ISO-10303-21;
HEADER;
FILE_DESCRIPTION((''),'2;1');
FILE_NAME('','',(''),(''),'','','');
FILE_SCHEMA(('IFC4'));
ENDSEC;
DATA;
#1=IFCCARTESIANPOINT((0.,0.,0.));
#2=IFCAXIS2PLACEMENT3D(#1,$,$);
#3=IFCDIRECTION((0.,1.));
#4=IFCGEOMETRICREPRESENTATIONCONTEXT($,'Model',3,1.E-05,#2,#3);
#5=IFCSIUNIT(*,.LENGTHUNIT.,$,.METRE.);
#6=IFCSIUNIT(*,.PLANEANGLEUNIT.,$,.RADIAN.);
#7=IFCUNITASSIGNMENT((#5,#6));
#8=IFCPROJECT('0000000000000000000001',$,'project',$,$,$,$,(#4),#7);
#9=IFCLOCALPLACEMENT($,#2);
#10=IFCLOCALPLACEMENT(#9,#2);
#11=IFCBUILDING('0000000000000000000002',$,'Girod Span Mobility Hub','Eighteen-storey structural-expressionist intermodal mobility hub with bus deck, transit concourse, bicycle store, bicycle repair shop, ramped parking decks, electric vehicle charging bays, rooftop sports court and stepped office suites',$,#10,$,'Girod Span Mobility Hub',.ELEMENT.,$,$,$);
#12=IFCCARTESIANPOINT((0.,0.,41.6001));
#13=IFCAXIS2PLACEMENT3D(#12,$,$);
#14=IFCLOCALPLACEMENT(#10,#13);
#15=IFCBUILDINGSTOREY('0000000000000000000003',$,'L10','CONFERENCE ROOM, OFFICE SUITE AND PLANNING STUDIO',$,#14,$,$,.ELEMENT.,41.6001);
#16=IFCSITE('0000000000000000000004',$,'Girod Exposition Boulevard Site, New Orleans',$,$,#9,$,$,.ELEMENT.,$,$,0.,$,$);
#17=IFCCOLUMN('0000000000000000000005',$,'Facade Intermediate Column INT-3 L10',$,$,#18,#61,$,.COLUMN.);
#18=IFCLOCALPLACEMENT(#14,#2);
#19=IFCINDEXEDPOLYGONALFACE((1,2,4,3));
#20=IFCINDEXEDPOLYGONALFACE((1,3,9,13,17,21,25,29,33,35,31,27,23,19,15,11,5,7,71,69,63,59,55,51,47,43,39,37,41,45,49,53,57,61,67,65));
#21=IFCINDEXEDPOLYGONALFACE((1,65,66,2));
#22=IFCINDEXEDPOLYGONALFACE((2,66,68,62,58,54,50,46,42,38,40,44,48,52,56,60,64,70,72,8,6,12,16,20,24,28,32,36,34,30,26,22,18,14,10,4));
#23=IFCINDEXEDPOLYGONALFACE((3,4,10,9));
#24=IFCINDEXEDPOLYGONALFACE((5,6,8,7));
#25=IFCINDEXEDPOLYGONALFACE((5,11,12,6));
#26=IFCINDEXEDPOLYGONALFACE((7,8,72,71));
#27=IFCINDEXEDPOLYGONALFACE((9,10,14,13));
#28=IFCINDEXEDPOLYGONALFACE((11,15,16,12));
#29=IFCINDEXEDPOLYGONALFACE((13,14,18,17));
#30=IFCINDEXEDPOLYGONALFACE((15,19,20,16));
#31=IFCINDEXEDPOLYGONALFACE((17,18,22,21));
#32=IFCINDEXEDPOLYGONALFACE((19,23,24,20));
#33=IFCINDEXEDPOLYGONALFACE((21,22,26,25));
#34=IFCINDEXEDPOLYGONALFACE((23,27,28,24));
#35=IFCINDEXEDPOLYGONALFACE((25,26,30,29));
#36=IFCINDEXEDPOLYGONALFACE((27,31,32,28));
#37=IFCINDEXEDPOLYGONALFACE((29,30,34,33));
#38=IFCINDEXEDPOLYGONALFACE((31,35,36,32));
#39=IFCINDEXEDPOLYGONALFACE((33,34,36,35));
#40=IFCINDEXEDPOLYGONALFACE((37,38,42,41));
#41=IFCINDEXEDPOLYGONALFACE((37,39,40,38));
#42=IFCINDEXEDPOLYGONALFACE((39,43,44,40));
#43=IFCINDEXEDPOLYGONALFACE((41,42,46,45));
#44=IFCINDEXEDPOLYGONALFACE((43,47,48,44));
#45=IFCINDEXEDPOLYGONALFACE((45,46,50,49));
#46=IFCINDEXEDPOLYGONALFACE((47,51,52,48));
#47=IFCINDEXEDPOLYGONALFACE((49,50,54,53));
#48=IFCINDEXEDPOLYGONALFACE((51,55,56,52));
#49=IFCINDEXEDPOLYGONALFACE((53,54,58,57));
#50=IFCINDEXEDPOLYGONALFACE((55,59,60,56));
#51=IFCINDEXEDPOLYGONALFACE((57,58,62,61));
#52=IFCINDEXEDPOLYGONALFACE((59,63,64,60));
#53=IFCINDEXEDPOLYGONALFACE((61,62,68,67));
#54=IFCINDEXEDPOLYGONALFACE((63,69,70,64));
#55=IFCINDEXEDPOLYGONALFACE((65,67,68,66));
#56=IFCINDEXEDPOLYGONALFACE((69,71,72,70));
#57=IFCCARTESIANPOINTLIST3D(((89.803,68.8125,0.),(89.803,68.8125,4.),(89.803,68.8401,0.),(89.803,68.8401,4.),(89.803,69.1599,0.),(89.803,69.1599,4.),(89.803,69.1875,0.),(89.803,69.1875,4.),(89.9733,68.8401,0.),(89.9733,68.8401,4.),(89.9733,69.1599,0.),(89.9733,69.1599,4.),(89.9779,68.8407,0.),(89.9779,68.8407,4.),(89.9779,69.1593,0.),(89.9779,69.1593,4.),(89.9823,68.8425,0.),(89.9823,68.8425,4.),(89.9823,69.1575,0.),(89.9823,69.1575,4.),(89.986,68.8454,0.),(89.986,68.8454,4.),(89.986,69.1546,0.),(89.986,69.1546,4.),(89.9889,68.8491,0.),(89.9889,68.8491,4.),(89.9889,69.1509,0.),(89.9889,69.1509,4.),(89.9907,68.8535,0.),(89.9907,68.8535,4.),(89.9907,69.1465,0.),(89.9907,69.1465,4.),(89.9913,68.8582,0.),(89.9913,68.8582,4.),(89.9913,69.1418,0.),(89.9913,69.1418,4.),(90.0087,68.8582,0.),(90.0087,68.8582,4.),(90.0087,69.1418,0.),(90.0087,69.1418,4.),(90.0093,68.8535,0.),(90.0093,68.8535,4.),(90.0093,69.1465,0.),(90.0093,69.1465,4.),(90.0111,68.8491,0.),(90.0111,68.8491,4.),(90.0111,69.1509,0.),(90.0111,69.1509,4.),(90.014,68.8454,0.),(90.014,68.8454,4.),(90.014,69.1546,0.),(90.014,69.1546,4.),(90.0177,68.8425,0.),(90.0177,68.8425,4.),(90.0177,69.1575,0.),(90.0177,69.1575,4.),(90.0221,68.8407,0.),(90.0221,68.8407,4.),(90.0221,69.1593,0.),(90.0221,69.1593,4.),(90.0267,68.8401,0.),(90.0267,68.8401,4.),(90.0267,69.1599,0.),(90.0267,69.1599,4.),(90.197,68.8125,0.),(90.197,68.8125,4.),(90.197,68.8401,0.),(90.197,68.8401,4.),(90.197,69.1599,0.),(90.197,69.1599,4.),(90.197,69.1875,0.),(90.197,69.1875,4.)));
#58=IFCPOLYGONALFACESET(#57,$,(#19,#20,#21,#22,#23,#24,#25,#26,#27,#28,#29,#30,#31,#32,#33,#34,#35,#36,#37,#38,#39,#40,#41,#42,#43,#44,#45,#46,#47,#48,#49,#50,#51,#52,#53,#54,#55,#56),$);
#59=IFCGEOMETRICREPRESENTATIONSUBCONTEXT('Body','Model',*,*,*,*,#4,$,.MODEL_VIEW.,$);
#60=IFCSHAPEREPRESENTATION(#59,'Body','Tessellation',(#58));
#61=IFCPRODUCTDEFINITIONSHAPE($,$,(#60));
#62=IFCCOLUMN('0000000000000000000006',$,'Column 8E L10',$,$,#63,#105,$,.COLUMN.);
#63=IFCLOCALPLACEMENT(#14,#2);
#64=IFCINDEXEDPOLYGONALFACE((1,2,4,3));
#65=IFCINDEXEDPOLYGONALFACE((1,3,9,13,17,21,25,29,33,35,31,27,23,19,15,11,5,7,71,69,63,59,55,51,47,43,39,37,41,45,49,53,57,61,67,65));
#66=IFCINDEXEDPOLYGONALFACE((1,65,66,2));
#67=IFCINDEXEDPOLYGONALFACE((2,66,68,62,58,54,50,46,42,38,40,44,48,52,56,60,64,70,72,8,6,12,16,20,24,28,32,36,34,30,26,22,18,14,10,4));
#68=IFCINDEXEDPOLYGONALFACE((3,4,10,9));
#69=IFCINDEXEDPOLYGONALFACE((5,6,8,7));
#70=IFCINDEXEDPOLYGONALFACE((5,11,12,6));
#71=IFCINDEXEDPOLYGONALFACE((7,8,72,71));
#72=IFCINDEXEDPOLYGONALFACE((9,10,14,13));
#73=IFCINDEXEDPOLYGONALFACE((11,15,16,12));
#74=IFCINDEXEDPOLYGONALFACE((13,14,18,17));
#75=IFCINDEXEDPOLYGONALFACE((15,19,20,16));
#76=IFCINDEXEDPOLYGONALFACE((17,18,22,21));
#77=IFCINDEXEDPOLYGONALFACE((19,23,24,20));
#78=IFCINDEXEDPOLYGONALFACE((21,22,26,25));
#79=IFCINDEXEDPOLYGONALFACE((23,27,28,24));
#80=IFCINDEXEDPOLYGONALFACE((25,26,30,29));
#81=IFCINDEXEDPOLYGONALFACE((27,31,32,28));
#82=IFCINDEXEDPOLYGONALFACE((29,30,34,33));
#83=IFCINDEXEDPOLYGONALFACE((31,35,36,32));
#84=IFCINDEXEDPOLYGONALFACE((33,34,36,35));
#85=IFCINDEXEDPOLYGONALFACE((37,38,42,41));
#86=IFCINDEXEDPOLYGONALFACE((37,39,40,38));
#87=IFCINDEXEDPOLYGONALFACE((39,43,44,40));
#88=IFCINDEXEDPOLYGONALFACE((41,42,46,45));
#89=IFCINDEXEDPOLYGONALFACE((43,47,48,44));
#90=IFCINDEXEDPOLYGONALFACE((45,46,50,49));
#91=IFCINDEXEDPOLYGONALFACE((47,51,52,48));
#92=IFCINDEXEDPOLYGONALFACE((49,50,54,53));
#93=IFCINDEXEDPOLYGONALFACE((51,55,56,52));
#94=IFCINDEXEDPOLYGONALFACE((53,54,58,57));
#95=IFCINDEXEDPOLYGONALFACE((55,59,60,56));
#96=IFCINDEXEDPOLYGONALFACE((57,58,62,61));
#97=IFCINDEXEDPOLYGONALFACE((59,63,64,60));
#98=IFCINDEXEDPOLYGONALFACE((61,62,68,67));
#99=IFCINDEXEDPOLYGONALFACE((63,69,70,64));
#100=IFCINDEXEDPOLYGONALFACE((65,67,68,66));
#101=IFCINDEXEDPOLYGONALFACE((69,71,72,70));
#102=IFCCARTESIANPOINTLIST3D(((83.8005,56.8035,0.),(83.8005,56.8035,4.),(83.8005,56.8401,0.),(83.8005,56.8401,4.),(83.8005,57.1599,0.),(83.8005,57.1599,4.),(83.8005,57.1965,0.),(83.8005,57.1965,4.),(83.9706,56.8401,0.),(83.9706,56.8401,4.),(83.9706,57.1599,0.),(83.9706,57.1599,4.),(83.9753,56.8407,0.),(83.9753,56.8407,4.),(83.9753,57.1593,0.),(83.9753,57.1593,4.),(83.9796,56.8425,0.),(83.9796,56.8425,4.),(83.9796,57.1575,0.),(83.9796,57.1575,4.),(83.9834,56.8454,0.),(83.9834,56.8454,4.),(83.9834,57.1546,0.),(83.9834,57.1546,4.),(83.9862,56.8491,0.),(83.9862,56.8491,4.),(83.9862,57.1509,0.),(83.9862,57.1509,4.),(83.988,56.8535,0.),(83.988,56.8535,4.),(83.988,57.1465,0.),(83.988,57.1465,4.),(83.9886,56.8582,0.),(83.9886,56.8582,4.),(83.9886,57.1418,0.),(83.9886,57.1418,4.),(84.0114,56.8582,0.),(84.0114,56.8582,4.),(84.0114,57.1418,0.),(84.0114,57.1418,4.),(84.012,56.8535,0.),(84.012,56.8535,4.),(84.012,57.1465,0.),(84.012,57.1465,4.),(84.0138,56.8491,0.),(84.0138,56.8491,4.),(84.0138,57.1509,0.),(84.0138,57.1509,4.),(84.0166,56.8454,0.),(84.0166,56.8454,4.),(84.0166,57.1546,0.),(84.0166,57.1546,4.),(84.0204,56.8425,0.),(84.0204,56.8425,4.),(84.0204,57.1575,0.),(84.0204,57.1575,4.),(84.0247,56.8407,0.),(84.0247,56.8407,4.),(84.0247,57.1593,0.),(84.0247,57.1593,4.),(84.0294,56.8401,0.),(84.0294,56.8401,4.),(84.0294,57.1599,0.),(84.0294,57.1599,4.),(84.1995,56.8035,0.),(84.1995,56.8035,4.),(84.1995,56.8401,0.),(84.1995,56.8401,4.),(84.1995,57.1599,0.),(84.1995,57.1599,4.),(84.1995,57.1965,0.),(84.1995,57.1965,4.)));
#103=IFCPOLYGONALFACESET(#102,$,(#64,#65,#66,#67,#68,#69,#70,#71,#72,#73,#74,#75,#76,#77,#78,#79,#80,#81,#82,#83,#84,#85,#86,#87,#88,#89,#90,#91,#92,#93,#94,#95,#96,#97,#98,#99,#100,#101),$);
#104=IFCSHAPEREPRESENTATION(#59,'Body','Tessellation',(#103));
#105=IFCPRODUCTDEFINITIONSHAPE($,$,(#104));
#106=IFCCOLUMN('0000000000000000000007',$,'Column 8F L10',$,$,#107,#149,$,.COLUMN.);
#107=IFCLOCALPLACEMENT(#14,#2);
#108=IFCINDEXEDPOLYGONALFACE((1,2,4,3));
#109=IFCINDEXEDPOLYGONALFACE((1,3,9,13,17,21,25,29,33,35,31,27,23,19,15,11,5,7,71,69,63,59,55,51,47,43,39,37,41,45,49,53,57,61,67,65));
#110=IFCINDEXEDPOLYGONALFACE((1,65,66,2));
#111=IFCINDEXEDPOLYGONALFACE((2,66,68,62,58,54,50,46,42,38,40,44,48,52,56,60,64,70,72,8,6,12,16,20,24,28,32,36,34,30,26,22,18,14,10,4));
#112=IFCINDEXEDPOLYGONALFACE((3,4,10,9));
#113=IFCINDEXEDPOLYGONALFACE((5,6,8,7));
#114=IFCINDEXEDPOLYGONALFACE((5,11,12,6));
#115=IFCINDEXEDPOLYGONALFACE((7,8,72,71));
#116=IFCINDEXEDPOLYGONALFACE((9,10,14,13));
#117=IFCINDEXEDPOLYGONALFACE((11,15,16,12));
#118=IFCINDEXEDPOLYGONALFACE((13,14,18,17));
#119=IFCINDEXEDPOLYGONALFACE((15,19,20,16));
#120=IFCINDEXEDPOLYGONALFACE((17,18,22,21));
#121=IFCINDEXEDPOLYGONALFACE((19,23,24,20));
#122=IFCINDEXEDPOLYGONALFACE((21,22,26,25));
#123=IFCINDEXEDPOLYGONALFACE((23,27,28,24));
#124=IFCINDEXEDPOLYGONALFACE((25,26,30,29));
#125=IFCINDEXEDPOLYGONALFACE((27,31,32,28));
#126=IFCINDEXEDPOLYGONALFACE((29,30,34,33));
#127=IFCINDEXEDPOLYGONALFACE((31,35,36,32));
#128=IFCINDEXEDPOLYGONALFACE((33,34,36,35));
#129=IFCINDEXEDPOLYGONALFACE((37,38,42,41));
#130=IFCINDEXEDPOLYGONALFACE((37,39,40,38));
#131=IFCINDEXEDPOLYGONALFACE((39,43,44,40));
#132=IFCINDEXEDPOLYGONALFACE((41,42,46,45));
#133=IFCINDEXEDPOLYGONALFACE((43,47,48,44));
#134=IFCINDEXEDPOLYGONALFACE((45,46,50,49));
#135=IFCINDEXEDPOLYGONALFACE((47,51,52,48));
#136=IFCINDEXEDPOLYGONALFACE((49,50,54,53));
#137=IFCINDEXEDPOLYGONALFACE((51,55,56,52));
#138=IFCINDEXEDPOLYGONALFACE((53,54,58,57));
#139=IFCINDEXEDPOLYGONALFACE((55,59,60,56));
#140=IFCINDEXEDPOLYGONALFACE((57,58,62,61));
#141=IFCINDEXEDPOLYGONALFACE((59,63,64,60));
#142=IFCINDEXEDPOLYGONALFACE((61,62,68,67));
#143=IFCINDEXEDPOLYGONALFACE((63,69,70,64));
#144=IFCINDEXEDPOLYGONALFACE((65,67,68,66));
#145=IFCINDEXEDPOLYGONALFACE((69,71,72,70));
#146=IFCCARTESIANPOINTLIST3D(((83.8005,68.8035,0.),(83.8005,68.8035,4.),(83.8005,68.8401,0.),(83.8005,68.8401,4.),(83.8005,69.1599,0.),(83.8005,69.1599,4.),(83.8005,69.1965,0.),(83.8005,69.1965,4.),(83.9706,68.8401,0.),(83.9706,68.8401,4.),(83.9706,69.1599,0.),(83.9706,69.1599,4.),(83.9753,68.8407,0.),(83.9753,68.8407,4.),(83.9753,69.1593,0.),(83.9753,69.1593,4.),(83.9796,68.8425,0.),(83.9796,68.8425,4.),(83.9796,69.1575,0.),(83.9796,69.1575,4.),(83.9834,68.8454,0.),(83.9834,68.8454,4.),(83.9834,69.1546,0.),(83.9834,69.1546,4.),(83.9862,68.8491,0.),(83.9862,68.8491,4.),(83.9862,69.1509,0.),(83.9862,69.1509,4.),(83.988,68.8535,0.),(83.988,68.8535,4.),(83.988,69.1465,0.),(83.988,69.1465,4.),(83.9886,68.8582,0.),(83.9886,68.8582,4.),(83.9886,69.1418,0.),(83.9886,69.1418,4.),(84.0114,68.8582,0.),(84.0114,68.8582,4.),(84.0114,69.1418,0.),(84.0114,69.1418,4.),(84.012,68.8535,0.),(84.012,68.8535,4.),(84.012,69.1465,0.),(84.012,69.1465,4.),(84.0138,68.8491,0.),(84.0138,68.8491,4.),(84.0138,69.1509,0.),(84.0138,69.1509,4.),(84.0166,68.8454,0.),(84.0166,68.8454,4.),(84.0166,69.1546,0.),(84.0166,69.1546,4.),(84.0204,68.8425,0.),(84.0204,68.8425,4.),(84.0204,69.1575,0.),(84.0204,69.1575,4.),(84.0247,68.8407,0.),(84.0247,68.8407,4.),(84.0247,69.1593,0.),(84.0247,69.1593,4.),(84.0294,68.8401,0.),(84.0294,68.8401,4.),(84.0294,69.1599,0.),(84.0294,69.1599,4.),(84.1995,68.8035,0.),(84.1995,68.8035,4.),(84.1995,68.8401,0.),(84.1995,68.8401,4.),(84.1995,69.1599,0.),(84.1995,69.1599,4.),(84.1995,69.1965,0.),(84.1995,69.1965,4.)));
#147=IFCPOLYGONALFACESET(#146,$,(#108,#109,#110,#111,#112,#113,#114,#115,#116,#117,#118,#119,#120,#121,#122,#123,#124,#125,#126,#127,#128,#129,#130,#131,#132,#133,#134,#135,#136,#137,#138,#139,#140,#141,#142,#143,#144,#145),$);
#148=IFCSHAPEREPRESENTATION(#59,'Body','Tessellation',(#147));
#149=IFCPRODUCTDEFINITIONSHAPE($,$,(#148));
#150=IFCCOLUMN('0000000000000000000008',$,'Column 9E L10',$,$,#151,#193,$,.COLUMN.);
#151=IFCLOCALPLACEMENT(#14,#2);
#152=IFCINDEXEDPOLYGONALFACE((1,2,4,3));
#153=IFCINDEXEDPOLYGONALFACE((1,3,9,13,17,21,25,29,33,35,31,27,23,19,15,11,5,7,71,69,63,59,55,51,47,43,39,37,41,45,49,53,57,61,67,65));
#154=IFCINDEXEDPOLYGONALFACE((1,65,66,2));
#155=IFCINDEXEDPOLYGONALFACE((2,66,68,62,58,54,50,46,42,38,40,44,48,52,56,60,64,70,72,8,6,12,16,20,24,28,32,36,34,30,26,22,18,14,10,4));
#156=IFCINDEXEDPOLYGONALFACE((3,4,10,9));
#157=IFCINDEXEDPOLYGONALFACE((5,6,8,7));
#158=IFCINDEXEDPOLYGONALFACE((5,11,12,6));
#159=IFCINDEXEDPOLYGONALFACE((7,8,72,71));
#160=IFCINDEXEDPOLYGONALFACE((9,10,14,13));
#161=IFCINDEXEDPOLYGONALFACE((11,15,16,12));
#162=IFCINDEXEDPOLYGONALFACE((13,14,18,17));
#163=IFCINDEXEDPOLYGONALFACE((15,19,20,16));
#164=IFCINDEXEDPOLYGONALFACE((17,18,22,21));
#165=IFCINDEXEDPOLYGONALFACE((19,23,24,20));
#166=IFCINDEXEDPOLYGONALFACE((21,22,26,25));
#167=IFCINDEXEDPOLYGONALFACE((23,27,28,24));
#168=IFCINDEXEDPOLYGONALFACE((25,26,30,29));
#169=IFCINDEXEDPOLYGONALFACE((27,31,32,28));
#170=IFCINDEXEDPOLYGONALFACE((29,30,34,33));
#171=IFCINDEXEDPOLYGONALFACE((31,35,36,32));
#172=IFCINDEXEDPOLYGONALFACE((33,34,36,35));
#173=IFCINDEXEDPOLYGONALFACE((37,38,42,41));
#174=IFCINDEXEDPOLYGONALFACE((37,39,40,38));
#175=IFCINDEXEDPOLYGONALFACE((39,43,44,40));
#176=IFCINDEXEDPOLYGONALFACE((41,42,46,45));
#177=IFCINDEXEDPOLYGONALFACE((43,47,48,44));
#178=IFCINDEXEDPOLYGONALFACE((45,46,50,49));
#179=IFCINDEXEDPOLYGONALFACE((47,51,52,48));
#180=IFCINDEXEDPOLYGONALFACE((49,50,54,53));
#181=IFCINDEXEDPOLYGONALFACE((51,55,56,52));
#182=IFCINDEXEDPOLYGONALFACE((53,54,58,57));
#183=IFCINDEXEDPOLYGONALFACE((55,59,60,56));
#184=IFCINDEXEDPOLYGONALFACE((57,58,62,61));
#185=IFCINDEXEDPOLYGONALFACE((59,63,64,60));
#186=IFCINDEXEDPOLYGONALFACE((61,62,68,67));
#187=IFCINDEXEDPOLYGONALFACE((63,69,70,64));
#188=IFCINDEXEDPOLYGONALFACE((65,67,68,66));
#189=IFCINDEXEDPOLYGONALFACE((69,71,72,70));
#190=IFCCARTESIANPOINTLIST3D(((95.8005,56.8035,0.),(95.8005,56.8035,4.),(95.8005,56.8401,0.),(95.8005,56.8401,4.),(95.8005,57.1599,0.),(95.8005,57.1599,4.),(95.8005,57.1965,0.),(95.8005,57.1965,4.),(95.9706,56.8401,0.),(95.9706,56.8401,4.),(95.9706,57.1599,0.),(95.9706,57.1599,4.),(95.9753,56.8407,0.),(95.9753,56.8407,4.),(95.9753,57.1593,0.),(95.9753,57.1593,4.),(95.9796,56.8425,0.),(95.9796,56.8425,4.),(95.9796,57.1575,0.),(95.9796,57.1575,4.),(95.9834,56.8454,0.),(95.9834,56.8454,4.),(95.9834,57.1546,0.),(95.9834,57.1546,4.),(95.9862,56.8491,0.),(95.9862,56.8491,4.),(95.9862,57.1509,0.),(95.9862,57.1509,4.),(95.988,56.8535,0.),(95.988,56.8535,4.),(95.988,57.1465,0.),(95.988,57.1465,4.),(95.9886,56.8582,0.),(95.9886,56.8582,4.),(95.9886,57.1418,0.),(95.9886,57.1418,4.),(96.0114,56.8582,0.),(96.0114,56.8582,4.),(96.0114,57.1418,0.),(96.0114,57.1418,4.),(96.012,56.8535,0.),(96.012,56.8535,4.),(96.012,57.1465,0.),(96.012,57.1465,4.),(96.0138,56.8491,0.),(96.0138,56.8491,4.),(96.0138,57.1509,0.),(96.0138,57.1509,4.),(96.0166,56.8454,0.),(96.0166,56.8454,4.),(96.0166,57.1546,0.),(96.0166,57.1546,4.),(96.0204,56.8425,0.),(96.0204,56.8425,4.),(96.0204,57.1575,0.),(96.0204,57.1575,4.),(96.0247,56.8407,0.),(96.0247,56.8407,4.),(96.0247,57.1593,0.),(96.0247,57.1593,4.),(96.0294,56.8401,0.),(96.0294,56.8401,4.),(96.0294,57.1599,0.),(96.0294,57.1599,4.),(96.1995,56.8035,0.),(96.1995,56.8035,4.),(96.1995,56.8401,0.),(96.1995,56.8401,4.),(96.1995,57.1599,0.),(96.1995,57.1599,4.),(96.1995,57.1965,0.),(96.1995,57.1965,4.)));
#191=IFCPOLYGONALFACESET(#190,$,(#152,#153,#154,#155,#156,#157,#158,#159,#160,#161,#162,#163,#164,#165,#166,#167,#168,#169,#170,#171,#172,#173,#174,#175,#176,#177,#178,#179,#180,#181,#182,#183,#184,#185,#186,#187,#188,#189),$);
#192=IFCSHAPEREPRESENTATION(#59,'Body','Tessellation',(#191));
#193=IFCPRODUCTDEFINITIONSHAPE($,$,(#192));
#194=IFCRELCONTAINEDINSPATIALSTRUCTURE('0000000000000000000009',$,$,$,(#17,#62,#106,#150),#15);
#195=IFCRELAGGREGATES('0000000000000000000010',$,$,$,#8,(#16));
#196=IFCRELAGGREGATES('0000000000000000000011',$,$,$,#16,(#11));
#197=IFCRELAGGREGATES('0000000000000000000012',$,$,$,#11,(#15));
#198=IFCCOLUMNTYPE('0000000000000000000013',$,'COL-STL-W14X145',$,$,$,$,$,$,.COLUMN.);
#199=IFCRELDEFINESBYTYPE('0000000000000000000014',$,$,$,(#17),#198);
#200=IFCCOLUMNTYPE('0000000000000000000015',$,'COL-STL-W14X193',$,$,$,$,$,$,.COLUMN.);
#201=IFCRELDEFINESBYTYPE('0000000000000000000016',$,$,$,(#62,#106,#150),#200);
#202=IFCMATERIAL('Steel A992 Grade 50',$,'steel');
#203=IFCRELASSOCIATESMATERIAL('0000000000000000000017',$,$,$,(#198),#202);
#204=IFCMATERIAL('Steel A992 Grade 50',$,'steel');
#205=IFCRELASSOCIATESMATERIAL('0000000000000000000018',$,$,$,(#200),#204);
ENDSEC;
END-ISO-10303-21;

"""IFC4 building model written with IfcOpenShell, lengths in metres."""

from ifc_helpers import new_model, si_unit, direction, frame, origin, origin_2d, place, context, subcontext, project, spatial, i_section, extrude, material, material_profile, profile_set, type_object, element, save


model = new_model("IFC4")

# Units and contexts
model_context = context("Model", 3, precision=1e-05, world=origin(), true_north=direction((0.0, 1.0)))
body_context = subcontext(model_context, "Body", "Model", "MODEL_VIEW")
ifc_project = project(units=[si_unit("LENGTHUNIT", "METRE"), si_unit("PLANEANGLEUNIT", "RADIAN")], contexts=[model_context])

# Site, building, storey
site_placement = place(None, origin())
site = spatial("IfcSite", under=ifc_project, at=site_placement, Name="Girod Exposition Boulevard Site, New Orleans", CompositionType="ELEMENT", RefElevation=0.0)
building_placement = place(site_placement, origin())
building = spatial("IfcBuilding", under=site, at=building_placement, Name="Girod Span Mobility Hub", Description="Eighteen-storey structural-expressionist intermodal mobility hub with bus deck, transit concourse, bicycle store, bicycle repair shop, ramped parking decks, electric vehicle charging bays, rooftop sports court and stepped office suites", LongName="Girod Span Mobility Hub", CompositionType="ELEMENT")
storey_placement = place(building_placement, frame((0.0, 0.0, 41.6001)))
storey = spatial("IfcBuildingStorey", under=building, at=storey_placement, Name="L10", Description="CONFERENCE ROOM, OFFICE SUITE AND PLANNING STUDIO", CompositionType="ELEMENT", Elevation=41.6001)

# Columns
ifc_material_1 = material(Name="Steel A992 Grade 50", Category="steel")
ifc_material_profile_1 = material_profile(ifc_material_1, i_section(OverallWidth=0.394, OverallDepth=0.375, WebThickness=0.0173, FlangeThickness=0.0276, FilletRadius=0.0181, at=origin_2d()), Name="W14X145")
ifc_profile_set_1 = profile_set([ifc_material_profile_1], Name="Steel A992 Grade 50")
column_type_1 = type_object("IfcColumnType", Name="COL-STL-W14X145", PredefinedType="COLUMN", material=ifc_profile_set_1)
column_placement = place(storey_placement, frame((90.0, 69.0, 0.0), z_axis=(0.0, 0.0, 1.0), x_axis=(1.0, 0.0, 0.0)))
element("IfcColumn", 1, at=column_placement, inside=storey, type_object=column_type_1, Name="Facade Intermediate Column INT-3 L10", PredefinedType="COLUMN", context=body_context, shape_type="SweptSolid", body=[
    extrude(i_section(OverallWidth=0.394, OverallDepth=0.375, WebThickness=0.0173, FlangeThickness=0.0276, FilletRadius=0.0181, at=origin_2d()), origin(), (0.0, 0.0, 1.0), 4.0),
])
ifc_material_2 = material(Name="Steel A992 Grade 50", Category="steel")
ifc_material_profile_2 = material_profile(ifc_material_2, i_section(OverallWidth=0.3989, OverallDepth=0.3931, WebThickness=0.0227, FlangeThickness=0.0366, FilletRadius=0.0181, at=origin_2d()), Name="W14X193")
ifc_profile_set_2 = profile_set([ifc_material_profile_2], Name="Steel A992 Grade 50")
column_type_2 = type_object("IfcColumnType", Name="COL-STL-W14X193", PredefinedType="COLUMN", material=ifc_profile_set_2)
for number, where, z_axis, x_axis, name in (
    (2, (84.0, 57.0, 0.0), (0.0, 0.0, 1.0), (1.0, 0.0, 0.0), "Column 8E L10"),
    (3, (84.0, 69.0, 0.0), (0.0, 0.0, 1.0), (1.0, 0.0, 0.0), "Column 8F L10"),
    (4, (96.0, 57.0, 0.0), (0.0, 0.0, 1.0), (1.0, 0.0, 0.0), "Column 9E L10"),
):
    element("IfcColumn", number, at=place(storey_placement, frame(where, z_axis=z_axis, x_axis=x_axis)), inside=storey, type_object=column_type_2, Name=name, PredefinedType="COLUMN", context=body_context, shape_type="SweptSolid", body=[
        extrude(i_section(OverallWidth=0.3989, OverallDepth=0.3931, WebThickness=0.0227, FlangeThickness=0.0366, FilletRadius=0.0181, at=origin_2d()), origin(), (0.0, 0.0, 1.0), 4.0),
    ])

save(model, "model.ifc")
